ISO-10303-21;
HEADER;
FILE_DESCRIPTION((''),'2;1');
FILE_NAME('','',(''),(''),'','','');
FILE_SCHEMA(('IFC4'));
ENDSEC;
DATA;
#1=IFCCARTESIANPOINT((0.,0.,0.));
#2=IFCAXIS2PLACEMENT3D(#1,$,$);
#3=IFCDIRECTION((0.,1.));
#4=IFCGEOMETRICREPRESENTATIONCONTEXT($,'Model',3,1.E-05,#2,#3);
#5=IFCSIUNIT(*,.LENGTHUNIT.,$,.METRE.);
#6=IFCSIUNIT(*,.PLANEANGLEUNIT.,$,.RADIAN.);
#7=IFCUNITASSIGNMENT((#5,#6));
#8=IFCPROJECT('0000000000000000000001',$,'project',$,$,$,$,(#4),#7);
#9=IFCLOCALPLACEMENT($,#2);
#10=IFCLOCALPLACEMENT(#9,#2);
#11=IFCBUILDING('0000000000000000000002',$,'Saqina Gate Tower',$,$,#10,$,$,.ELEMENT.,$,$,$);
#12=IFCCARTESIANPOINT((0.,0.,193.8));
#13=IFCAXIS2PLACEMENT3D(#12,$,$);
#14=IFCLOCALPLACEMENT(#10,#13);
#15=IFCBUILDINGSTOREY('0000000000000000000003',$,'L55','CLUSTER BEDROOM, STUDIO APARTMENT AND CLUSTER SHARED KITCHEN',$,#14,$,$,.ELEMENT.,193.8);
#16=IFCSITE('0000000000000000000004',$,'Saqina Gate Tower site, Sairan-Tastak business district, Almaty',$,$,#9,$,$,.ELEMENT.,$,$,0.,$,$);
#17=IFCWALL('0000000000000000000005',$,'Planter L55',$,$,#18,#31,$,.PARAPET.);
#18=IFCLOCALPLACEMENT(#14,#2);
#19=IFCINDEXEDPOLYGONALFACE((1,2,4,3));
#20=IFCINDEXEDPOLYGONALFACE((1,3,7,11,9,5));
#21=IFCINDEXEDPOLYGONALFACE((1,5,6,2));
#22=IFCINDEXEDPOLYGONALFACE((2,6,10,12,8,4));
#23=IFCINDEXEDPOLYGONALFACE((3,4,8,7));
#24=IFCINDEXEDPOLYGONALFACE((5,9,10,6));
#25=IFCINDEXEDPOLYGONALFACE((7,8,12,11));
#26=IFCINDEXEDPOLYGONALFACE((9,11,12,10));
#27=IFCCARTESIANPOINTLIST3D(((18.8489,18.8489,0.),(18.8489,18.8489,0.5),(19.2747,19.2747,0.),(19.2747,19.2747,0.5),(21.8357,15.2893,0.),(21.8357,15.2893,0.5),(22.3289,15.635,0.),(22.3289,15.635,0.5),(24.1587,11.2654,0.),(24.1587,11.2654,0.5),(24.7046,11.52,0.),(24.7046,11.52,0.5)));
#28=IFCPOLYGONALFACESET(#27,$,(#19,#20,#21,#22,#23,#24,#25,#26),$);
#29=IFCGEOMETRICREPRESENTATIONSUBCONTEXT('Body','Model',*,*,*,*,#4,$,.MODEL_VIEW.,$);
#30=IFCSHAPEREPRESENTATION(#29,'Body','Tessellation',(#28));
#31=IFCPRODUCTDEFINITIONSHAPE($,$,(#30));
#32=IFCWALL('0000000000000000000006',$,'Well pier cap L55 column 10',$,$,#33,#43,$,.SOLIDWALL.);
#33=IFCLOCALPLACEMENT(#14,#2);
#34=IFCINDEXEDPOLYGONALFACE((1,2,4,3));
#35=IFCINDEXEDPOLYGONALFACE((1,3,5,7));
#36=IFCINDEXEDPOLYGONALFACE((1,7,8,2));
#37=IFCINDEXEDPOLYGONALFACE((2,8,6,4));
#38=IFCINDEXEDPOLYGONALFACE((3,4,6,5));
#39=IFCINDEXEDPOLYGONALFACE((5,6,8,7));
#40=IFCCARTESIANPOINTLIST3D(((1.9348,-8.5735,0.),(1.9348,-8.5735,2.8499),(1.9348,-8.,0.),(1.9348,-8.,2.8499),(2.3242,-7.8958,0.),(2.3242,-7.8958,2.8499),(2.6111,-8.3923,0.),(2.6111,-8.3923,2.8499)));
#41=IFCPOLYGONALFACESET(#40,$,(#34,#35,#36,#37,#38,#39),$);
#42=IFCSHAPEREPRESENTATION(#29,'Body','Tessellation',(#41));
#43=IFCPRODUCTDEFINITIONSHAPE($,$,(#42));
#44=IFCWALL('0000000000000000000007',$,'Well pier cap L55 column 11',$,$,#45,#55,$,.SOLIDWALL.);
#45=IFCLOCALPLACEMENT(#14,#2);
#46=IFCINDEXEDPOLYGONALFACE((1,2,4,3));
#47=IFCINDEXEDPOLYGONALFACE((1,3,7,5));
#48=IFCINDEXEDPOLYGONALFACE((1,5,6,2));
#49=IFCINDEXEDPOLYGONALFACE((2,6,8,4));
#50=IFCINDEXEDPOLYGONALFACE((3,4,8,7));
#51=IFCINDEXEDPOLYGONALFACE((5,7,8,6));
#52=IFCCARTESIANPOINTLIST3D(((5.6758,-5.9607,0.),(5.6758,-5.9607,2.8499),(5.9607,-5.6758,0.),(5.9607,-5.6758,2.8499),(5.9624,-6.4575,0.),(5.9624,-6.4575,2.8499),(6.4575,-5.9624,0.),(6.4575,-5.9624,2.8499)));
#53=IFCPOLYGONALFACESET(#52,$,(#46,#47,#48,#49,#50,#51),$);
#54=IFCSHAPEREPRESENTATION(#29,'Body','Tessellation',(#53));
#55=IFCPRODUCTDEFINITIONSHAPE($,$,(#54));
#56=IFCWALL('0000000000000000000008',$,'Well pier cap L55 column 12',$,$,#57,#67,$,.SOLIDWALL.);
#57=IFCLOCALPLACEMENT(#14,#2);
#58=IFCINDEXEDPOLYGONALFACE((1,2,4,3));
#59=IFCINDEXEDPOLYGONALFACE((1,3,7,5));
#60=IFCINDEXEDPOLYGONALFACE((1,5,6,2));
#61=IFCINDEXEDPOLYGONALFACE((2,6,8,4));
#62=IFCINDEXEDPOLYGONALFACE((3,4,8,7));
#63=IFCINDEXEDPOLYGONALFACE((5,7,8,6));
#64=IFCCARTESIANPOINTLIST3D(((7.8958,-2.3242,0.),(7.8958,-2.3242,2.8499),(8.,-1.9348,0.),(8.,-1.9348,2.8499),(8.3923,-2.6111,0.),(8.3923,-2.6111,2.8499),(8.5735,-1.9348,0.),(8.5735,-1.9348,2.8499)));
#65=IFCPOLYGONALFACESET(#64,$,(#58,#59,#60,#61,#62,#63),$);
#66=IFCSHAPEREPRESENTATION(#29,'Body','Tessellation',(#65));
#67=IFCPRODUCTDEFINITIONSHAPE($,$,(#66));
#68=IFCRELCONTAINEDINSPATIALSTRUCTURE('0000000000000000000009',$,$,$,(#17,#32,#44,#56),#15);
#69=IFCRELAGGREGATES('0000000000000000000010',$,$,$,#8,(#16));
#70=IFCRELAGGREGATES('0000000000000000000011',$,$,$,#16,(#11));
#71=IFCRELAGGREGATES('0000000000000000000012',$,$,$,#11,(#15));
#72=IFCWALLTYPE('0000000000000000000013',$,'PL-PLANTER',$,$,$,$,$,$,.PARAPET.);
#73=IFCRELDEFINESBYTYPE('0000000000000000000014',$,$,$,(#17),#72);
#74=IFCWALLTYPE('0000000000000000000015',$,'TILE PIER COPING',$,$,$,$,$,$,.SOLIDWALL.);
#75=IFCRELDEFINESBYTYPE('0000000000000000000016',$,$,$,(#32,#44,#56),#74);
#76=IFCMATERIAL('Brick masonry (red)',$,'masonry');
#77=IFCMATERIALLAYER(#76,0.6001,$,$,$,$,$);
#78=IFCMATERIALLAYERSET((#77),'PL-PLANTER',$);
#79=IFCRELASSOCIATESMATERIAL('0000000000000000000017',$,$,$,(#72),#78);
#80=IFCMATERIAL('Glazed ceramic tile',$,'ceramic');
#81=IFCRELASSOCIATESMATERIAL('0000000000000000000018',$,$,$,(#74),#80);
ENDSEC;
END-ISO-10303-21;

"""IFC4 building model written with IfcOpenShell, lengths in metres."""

from ifc_helpers import new_model, si_unit, direction, frame, origin, place, context, subcontext, project, spatial, polyline, outline, extrude, material, layer, layer_set, type_object, element, save


model = new_model("IFC4")

# Units and contexts
model_context = context("Model", 3, precision=1e-05, world=origin(), true_north=direction((0.0, 1.0)))
body_context = subcontext(model_context, "Body", "Model", "MODEL_VIEW")
ifc_project = project(units=[si_unit("LENGTHUNIT", "METRE"), si_unit("PLANEANGLEUNIT", "RADIAN")], contexts=[model_context])

# Site, building, storey
site_placement = place(None, origin())
site = spatial("IfcSite", under=ifc_project, at=site_placement, Name="Saqina Gate Tower site, Sairan-Tastak business district, Almaty", CompositionType="ELEMENT", RefElevation=0.0)
building_placement = place(site_placement, origin())
building = spatial("IfcBuilding", under=site, at=building_placement, Name="Saqina Gate Tower", CompositionType="ELEMENT")
storey_placement = place(building_placement, frame((0.0, 0.0, 193.8)))
storey = spatial("IfcBuildingStorey", under=building, at=storey_placement, Name="L55", Description="CLUSTER BEDROOM, STUDIO APARTMENT AND CLUSTER SHARED KITCHEN", CompositionType="ELEMENT", Elevation=193.8)

# Walls
ifc_material_1 = material(Name="Brick masonry (red)", Category="masonry")
ifc_layer_1 = layer(ifc_material_1, 0.6001)
ifc_layer_set_1 = layer_set([ifc_layer_1], Name="PL-PLANTER")
wall_type_1 = type_object("IfcWallType", Name="PL-PLANTER", PredefinedType="PARAPET", material=ifc_layer_set_1)
wall_1_placement = place(storey_placement, origin())
element("IfcWall", 1, at=wall_1_placement, inside=storey, type_object=wall_type_1, Name="Planter L55", PredefinedType="PARAPET", context=body_context, shape_type="SweptSolid", body=[
    extrude(outline(polyline([(24.7046, 11.52), (22.3289, 15.635), (19.2747, 19.2747), (18.8489, 18.8489), (21.8357, 15.2893), (24.1587, 11.2654), (24.7046, 11.52)])), origin(), (0.0, 0.0, 1.0), 0.5),
])
ifc_material_2 = material(Name="Glazed ceramic tile", Category="ceramic")
wall_type_2 = type_object("IfcWallType", Name="TILE PIER COPING", PredefinedType="SOLIDWALL", material=ifc_material_2)
wall_2_placement = place(storey_placement, origin())
element("IfcWall", 2, at=wall_2_placement, inside=storey, type_object=wall_type_2, Name="Well pier cap L55 column 10", PredefinedType="SOLIDWALL", context=body_context, shape_type="SweptSolid", body=[
    extrude(outline(polyline([(2.6111, -8.3923), (2.3242, -7.8958), (1.9348, -8.0), (1.9348, -8.5735), (2.6111, -8.3923)])), origin(), (0.0, 0.0, 1.0), 2.8499),
])
wall_3_placement = place(storey_placement, origin())
element("IfcWall", 3, at=wall_3_placement, inside=storey, type_object=wall_type_2, Name="Well pier cap L55 column 11", PredefinedType="SOLIDWALL", context=body_context, shape_type="SweptSolid", body=[
    extrude(outline(polyline([(5.9624, -6.4575), (6.4575, -5.9624), (5.9607, -5.6758), (5.6758, -5.9607), (5.9624, -6.4575)])), origin(), (0.0, 0.0, 1.0), 2.8499),
])
wall_4_placement = place(storey_placement, origin())
element("IfcWall", 4, at=wall_4_placement, inside=storey, type_object=wall_type_2, Name="Well pier cap L55 column 12", PredefinedType="SOLIDWALL", context=body_context, shape_type="SweptSolid", body=[
    extrude(outline(polyline([(8.5735, -1.9348), (8.0, -1.9348), (7.8958, -2.3242), (8.3923, -2.6111), (8.5735, -1.9348)])), origin(), (0.0, 0.0, 1.0), 2.8499),
])

save(model, "model.ifc")
